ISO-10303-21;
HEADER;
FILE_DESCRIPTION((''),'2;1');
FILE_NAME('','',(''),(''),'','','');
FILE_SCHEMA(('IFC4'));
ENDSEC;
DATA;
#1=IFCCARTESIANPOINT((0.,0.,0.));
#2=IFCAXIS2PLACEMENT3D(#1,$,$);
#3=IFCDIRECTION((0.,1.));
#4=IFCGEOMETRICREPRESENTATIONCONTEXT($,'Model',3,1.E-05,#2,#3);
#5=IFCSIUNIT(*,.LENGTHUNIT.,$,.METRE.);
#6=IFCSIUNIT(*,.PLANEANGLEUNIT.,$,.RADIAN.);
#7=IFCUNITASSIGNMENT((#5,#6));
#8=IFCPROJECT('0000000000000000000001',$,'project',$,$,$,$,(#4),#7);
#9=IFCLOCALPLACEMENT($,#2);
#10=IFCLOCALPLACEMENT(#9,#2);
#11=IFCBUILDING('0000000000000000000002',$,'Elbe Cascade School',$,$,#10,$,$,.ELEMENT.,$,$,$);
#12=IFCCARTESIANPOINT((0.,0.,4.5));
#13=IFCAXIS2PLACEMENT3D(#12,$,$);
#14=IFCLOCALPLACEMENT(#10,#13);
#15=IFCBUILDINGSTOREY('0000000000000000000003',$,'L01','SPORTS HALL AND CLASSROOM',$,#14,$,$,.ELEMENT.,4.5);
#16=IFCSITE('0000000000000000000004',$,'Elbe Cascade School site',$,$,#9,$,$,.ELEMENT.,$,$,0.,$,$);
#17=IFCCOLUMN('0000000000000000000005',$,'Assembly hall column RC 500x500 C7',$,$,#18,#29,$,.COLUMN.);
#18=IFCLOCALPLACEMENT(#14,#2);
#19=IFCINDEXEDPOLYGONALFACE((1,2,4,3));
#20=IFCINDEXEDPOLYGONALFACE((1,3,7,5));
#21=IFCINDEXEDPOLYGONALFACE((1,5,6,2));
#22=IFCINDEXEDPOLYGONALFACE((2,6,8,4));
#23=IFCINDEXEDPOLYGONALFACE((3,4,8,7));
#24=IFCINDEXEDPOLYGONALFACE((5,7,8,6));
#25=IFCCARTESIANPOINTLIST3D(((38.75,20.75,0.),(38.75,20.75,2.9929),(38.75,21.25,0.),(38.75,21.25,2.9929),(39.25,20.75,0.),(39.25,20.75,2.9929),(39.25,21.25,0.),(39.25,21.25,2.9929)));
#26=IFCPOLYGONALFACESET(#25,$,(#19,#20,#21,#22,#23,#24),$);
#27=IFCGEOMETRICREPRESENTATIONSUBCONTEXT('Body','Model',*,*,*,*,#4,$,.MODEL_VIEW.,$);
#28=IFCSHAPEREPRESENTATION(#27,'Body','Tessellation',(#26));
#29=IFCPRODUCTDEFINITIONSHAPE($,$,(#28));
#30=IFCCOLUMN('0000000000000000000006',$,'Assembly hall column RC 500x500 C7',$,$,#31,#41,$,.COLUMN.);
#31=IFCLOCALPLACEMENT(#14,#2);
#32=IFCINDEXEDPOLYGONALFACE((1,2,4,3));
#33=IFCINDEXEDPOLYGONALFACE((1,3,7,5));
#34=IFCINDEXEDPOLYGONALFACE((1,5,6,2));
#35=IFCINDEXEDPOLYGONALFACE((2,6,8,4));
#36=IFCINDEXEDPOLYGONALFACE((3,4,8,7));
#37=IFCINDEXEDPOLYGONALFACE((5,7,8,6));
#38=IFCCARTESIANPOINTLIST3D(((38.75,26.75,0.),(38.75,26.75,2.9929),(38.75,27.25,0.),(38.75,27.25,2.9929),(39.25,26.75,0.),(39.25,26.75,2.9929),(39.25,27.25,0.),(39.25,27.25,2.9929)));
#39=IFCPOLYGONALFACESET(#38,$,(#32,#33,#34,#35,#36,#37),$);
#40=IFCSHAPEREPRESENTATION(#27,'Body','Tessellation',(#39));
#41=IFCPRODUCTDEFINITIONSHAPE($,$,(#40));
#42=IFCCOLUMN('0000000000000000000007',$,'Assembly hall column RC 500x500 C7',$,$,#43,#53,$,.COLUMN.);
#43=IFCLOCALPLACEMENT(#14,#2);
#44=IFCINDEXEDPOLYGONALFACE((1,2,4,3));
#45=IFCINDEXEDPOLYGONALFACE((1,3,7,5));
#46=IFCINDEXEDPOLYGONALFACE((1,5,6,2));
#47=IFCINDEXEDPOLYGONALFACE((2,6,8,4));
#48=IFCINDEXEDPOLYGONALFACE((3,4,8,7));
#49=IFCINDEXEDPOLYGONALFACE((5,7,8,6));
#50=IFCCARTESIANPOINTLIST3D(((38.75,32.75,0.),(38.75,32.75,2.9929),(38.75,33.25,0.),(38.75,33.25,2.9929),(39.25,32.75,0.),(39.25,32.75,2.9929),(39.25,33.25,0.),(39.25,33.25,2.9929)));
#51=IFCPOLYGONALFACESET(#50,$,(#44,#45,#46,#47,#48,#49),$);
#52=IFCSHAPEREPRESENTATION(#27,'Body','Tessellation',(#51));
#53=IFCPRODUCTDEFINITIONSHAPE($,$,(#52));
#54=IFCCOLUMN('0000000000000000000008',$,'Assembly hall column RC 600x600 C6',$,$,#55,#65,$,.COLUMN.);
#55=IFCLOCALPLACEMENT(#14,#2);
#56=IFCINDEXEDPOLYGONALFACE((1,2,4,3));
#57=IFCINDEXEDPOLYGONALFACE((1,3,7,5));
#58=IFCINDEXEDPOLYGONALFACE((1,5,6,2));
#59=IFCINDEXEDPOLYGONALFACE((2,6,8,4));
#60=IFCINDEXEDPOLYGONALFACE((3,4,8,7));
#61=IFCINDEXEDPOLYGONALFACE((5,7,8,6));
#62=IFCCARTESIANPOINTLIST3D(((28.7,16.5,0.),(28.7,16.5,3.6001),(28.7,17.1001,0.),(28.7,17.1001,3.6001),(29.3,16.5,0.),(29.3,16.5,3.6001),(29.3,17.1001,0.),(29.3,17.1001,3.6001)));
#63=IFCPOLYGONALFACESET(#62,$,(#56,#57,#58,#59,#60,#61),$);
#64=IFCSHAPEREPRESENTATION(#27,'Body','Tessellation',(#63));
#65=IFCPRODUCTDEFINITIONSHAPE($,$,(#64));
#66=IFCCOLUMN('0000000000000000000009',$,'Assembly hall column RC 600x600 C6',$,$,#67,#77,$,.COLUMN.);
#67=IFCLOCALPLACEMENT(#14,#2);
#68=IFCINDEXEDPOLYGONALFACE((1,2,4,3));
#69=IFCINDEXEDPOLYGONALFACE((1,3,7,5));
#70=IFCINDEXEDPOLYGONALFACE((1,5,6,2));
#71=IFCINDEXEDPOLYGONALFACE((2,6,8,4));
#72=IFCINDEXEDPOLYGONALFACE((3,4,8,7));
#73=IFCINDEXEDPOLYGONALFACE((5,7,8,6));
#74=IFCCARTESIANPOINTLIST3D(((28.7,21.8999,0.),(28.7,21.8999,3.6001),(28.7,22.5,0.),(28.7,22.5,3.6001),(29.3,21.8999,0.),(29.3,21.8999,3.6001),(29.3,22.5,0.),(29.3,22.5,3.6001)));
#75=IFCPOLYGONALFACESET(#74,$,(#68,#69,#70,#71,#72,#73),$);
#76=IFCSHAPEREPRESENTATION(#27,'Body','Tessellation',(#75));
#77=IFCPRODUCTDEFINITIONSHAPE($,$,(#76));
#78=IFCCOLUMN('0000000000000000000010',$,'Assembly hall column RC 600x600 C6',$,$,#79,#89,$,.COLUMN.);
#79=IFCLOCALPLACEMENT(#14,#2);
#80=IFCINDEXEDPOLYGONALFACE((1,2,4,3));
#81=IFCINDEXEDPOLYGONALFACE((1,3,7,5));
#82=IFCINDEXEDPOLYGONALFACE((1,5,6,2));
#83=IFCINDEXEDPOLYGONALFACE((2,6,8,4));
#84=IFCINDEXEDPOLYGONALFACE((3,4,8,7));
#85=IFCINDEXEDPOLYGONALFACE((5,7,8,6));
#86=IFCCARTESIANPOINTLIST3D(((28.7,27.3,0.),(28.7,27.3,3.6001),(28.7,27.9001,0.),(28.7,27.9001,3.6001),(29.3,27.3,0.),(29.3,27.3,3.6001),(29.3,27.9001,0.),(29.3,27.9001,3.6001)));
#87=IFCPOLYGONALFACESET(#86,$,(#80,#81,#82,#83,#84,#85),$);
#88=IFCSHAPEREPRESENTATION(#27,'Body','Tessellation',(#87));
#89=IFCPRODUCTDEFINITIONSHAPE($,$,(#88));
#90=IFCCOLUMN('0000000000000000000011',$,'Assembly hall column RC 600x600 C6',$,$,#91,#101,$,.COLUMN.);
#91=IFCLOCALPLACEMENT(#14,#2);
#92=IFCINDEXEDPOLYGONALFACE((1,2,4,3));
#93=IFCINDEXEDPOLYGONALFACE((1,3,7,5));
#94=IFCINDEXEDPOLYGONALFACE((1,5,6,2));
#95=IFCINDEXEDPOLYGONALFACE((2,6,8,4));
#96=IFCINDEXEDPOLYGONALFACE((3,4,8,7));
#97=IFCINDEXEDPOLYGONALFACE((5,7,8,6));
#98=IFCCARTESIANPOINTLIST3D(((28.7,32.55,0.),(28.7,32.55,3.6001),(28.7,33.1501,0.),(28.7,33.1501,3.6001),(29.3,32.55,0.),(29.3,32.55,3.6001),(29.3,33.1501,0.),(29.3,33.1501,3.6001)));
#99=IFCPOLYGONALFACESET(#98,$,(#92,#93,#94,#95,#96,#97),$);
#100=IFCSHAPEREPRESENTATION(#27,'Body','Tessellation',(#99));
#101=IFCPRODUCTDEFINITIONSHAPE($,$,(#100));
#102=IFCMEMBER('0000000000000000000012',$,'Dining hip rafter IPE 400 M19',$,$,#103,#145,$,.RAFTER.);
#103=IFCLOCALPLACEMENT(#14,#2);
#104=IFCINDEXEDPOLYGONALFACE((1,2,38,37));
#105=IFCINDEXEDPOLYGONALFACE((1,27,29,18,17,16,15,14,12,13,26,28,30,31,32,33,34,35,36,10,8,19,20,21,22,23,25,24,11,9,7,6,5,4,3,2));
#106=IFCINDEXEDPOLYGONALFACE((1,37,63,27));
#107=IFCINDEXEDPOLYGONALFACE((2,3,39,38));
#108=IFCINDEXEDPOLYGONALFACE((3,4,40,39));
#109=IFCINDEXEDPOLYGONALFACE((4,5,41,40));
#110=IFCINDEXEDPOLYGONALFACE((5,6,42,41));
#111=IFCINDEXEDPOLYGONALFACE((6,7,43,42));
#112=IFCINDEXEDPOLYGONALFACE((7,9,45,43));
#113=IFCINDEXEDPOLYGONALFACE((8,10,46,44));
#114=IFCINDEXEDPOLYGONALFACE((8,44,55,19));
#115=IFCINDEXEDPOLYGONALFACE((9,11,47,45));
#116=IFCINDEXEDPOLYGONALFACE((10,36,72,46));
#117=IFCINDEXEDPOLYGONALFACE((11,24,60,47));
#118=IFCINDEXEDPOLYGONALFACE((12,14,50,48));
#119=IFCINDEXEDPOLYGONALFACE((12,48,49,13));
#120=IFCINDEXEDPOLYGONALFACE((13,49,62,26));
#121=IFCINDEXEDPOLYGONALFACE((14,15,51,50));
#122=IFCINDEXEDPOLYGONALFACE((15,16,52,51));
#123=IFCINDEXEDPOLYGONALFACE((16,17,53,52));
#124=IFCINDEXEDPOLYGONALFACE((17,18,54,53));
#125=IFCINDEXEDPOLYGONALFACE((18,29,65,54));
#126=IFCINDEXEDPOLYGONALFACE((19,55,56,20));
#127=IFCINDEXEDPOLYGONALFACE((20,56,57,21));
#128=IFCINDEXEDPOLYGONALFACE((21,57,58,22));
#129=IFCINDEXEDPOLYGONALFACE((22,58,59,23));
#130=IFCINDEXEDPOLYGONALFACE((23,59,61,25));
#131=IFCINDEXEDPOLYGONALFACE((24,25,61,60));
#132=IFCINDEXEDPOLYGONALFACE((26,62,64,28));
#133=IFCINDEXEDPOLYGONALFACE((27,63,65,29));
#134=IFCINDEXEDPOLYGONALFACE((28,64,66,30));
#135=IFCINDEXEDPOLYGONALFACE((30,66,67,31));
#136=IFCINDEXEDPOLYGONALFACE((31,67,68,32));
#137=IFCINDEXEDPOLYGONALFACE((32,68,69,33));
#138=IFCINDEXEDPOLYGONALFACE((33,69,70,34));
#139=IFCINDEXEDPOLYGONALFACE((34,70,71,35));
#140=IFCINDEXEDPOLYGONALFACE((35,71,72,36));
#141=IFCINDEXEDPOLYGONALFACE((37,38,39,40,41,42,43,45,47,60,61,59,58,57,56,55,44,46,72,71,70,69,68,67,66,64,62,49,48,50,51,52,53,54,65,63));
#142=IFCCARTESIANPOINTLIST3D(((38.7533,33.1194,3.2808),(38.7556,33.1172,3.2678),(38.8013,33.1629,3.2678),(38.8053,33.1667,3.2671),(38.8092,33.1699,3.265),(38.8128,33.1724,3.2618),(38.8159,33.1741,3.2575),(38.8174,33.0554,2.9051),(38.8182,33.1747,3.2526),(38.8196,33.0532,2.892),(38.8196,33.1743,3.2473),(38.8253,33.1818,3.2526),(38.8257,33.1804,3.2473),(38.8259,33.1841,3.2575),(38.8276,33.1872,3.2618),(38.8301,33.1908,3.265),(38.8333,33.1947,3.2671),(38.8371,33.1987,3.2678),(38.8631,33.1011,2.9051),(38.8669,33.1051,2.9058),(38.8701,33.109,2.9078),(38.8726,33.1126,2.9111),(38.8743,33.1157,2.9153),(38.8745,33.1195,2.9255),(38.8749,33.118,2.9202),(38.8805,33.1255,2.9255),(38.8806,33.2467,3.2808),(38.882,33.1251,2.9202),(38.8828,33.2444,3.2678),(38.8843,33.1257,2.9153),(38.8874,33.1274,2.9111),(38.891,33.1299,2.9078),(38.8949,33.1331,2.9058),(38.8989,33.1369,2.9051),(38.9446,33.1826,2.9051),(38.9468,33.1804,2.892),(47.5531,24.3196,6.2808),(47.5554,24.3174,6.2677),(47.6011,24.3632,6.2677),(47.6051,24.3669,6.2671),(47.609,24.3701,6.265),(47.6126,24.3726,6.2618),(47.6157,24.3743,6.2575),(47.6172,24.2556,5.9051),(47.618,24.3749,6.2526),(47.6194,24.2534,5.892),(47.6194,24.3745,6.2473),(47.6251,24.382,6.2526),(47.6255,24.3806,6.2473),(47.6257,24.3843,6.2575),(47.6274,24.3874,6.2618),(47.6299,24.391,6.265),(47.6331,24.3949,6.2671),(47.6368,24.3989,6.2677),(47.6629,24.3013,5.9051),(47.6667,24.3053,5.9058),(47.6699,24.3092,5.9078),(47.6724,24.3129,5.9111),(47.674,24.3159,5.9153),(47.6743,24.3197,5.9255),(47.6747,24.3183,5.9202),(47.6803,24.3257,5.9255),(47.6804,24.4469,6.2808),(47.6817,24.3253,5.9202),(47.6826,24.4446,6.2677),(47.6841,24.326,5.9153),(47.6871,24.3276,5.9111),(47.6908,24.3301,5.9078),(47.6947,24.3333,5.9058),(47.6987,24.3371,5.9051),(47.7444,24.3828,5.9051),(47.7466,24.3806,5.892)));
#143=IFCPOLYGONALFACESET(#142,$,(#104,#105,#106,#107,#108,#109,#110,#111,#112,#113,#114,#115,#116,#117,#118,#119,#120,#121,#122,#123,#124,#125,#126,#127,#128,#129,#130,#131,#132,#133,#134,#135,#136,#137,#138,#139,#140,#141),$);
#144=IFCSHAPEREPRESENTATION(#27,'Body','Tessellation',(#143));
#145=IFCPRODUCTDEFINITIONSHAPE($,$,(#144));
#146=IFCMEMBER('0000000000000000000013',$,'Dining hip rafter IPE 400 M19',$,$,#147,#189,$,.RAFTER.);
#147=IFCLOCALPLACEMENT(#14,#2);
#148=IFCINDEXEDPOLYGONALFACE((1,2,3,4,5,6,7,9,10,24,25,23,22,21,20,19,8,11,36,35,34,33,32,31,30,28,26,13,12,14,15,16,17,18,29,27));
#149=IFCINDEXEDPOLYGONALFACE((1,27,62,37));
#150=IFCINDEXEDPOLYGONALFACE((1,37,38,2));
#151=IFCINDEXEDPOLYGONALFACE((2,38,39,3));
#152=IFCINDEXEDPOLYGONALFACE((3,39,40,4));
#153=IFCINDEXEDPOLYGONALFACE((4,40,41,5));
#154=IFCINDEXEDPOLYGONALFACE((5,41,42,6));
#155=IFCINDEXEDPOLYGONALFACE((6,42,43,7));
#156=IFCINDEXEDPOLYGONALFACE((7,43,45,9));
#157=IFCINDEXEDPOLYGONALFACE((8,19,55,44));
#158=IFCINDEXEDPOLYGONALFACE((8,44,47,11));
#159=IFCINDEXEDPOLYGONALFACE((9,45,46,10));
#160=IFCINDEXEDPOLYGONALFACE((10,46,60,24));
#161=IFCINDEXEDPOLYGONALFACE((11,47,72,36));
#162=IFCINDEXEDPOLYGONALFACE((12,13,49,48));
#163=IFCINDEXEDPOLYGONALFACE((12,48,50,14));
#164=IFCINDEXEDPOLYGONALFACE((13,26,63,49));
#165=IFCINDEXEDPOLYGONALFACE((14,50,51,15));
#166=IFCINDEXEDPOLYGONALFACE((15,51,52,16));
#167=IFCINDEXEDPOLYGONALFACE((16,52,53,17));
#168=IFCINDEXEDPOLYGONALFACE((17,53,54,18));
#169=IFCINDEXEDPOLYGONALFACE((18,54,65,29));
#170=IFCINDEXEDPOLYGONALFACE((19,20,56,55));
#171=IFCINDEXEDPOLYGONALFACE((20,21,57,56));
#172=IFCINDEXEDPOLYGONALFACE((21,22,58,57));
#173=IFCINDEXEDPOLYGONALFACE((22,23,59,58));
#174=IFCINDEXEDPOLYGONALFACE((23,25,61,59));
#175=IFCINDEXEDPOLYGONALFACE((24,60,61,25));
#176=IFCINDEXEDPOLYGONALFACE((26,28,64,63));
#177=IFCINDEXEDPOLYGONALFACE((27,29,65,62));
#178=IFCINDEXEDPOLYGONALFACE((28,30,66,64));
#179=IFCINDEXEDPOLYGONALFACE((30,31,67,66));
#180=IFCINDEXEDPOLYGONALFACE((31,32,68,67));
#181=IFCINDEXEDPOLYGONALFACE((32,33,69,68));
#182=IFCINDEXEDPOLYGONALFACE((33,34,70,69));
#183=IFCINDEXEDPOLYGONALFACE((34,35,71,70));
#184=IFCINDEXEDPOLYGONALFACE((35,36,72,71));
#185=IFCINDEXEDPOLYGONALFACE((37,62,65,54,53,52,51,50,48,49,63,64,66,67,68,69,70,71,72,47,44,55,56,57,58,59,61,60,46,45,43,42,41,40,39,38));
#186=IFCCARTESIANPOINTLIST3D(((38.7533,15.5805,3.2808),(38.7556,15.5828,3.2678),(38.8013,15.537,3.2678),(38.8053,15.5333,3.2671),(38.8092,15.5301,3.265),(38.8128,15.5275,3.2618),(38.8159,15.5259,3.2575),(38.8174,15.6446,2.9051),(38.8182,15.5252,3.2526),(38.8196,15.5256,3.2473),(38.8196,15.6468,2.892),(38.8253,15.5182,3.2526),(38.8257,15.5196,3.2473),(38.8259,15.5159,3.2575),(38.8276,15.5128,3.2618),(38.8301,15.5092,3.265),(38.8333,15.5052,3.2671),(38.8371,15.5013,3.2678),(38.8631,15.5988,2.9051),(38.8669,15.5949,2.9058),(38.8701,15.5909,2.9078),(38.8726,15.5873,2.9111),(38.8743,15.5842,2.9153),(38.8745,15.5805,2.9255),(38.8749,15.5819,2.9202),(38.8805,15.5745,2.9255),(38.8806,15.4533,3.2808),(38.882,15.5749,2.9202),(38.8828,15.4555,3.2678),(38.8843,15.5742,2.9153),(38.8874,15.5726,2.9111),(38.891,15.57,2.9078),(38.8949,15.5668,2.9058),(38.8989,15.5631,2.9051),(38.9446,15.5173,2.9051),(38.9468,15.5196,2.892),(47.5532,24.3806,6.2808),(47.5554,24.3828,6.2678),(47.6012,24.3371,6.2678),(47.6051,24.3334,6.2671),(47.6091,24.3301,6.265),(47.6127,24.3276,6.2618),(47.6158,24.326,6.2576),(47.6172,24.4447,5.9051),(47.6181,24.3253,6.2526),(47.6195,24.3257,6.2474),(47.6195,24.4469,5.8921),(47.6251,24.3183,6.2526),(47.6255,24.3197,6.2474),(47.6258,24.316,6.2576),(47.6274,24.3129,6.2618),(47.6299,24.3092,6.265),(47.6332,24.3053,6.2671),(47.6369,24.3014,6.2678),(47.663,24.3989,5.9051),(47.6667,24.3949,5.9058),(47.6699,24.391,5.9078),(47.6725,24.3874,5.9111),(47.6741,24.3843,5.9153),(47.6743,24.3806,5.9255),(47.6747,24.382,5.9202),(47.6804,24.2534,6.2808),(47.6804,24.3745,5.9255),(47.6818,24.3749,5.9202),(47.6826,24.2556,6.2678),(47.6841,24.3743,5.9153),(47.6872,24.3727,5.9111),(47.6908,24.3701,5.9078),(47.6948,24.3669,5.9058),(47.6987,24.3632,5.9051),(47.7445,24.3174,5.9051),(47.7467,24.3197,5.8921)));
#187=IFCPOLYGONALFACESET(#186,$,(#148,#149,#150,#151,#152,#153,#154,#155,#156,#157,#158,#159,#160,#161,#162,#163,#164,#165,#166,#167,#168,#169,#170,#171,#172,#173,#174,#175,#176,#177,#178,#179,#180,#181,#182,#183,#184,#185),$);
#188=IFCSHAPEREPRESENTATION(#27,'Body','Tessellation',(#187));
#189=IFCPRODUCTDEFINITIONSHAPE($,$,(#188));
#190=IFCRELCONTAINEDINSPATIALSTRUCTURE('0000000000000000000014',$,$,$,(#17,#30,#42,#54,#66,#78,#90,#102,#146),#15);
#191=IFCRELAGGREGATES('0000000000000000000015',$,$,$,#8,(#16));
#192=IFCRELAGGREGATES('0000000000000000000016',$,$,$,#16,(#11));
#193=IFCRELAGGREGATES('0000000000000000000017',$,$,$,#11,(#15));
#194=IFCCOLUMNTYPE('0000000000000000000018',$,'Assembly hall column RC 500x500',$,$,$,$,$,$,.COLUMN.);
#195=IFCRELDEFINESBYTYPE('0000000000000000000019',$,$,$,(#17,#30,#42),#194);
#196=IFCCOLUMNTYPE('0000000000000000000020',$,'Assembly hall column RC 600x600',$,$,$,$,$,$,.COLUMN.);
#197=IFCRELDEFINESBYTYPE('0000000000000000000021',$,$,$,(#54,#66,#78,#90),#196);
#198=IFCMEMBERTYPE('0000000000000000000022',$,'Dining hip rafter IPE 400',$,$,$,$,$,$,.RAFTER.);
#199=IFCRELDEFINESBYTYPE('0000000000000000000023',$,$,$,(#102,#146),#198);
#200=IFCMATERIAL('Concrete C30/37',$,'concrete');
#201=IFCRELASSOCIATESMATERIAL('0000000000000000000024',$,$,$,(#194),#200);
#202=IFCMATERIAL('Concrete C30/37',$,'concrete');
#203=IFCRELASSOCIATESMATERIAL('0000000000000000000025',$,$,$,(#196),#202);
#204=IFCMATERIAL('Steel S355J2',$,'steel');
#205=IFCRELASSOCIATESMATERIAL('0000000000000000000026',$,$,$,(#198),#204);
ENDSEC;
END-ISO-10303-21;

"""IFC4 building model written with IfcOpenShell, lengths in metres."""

from ifc_helpers import new_model, si_unit, direction, frame, origin, origin_2d, place, context, subcontext, project, spatial, rectangle, i_section, extrude, material, material_profile, profile_set, type_object, element, save


model = new_model("IFC4")

# Units and contexts
model_context = context("Model", 3, precision=1e-05, world=origin(), true_north=direction((0.0, 1.0)))
body_context = subcontext(model_context, "Body", "Model", "MODEL_VIEW")
ifc_project = project(units=[si_unit("LENGTHUNIT", "METRE"), si_unit("PLANEANGLEUNIT", "RADIAN")], contexts=[model_context])

# Site, building, storey
site_placement = place(None, origin())
site = spatial("IfcSite", under=ifc_project, at=site_placement, Name="Elbe Cascade School site", CompositionType="ELEMENT", RefElevation=0.0)
building_placement = place(site_placement, origin())
building = spatial("IfcBuilding", under=site, at=building_placement, Name="Elbe Cascade School", CompositionType="ELEMENT")
storey_placement = place(building_placement, frame((0.0, 0.0, 4.5)))
storey = spatial("IfcBuildingStorey", under=building, at=storey_placement, Name="L01", Description="SPORTS HALL AND CLASSROOM", CompositionType="ELEMENT", Elevation=4.5)

# Columns
ifc_material_1 = material(Name="Concrete C30/37", Category="concrete")
ifc_material_profile_1 = material_profile(ifc_material_1, rectangle(XDim=0.5, YDim=0.5, at=origin_2d()), Name="RC 500x500")
ifc_profile_set_1 = profile_set([ifc_material_profile_1], Name="Concrete C30/37")
column_type_1 = type_object("IfcColumnType", Name="Assembly hall column RC 500x500", PredefinedType="COLUMN", material=ifc_profile_set_1)
for number, where, z_axis, x_axis, name in (
    (1, (39.0, 21.0, 0.0), (0.0, 0.0, 1.0), (1.0, 0.0, 0.0), "Assembly hall column RC 500x500 C7"),
    (2, (39.0, 27.0, 0.0), (0.0, 0.0, 1.0), (1.0, 0.0, 0.0), "Assembly hall column RC 500x500 C7"),
    (3, (39.0, 33.0, 0.0), (0.0, 0.0, 1.0), (1.0, 0.0, 0.0), "Assembly hall column RC 500x500 C7"),
):
    element("IfcColumn", number, at=place(storey_placement, frame(where, z_axis=z_axis, x_axis=x_axis)), inside=storey, type_object=column_type_1, Name=name, PredefinedType="COLUMN", context=body_context, shape_type="SweptSolid", body=[
        extrude(rectangle(XDim=0.5, YDim=0.5, at=origin_2d()), origin(), (0.0, 0.0, 1.0), 2.9929),
    ])
ifc_material_2 = material(Name="Concrete C30/37", Category="concrete")
ifc_material_profile_2 = material_profile(ifc_material_2, rectangle(XDim=0.6001, YDim=0.6001, at=origin_2d()), Name="RC 600x600")
ifc_profile_set_2 = profile_set([ifc_material_profile_2], Name="Concrete C30/37")
column_type_2 = type_object("IfcColumnType", Name="Assembly hall column RC 600x600", PredefinedType="COLUMN", material=ifc_profile_set_2)
for number, where, z_axis, x_axis, name in (
    (4, (29.0, 16.8, 0.0), (0.0, 0.0, 1.0), (1.0, 0.0, 0.0), "Assembly hall column RC 600x600 C6"),
    (5, (29.0, 22.2, 0.0), (0.0, 0.0, 1.0), (1.0, 0.0, 0.0), "Assembly hall column RC 600x600 C6"),
    (6, (29.0, 27.6001, 0.0), (0.0, 0.0, 1.0), (1.0, 0.0, 0.0), "Assembly hall column RC 600x600 C6"),
    (7, (29.0, 32.8501, 0.0), (0.0, 0.0, 1.0), (1.0, 0.0, 0.0), "Assembly hall column RC 600x600 C6"),
):
    element("IfcColumn", number, at=place(storey_placement, frame(where, z_axis=z_axis, x_axis=x_axis)), inside=storey, type_object=column_type_2, Name=name, PredefinedType="COLUMN", context=body_context, shape_type="SweptSolid", body=[
        extrude(rectangle(XDim=0.6001, YDim=0.6001, at=origin_2d()), origin(), (0.0, 0.0, 1.0), 3.6001),
    ])

# Members
ifc_material_3 = material(Name="Steel S355J2", Category="steel")
ifc_material_profile_3 = material_profile(ifc_material_3, i_section(OverallWidth=0.1799, OverallDepth=0.3999, WebThickness=0.0085, FlangeThickness=0.0134, FilletRadius=0.021, at=origin_2d()), Name="IPE 400")
ifc_profile_set_3 = profile_set([ifc_material_profile_3], Name="Steel S355J2")
member_type_1 = type_object("IfcMemberType", Name="Dining hip rafter IPE 400", PredefinedType="RAFTER", material=ifc_profile_set_3)
member_1_placement = place(storey_placement, frame((38.8501, 33.1499, 3.0864), z_axis=(0.687415, -0.687415, 0.234351), x_axis=(0.707107, 0.707107, 0.0)))
element("IfcMember", 8, at=member_1_placement, inside=storey, type_object=member_type_1, Name="Dining hip rafter IPE 400 M19", PredefinedType="RAFTER", context=body_context, shape_type="SweptSolid", body=[
    extrude(i_section(OverallWidth=0.1799, OverallDepth=0.3999, WebThickness=0.0085, FlangeThickness=0.0134, FilletRadius=0.021, at=origin_2d()), origin(), (0.0, 0.0, 1.0), 12.8013),
])
member_2_placement = place(storey_placement, frame((38.8501, 15.55, 3.0864), z_axis=(0.687406, 0.687425, 0.234348), x_axis=(-0.707117, 0.707097, 0.0)))
element("IfcMember", 9, at=member_2_placement, inside=storey, type_object=member_type_1, Name="Dining hip rafter IPE 400 M19", PredefinedType="RAFTER", context=body_context, shape_type="SweptSolid", body=[
    extrude(i_section(OverallWidth=0.1799, OverallDepth=0.3999, WebThickness=0.0085, FlangeThickness=0.0134, FilletRadius=0.021, at=origin_2d()), origin(), (0.0, 0.0, 1.0), 12.8015),
])

save(model, "model.ifc")
